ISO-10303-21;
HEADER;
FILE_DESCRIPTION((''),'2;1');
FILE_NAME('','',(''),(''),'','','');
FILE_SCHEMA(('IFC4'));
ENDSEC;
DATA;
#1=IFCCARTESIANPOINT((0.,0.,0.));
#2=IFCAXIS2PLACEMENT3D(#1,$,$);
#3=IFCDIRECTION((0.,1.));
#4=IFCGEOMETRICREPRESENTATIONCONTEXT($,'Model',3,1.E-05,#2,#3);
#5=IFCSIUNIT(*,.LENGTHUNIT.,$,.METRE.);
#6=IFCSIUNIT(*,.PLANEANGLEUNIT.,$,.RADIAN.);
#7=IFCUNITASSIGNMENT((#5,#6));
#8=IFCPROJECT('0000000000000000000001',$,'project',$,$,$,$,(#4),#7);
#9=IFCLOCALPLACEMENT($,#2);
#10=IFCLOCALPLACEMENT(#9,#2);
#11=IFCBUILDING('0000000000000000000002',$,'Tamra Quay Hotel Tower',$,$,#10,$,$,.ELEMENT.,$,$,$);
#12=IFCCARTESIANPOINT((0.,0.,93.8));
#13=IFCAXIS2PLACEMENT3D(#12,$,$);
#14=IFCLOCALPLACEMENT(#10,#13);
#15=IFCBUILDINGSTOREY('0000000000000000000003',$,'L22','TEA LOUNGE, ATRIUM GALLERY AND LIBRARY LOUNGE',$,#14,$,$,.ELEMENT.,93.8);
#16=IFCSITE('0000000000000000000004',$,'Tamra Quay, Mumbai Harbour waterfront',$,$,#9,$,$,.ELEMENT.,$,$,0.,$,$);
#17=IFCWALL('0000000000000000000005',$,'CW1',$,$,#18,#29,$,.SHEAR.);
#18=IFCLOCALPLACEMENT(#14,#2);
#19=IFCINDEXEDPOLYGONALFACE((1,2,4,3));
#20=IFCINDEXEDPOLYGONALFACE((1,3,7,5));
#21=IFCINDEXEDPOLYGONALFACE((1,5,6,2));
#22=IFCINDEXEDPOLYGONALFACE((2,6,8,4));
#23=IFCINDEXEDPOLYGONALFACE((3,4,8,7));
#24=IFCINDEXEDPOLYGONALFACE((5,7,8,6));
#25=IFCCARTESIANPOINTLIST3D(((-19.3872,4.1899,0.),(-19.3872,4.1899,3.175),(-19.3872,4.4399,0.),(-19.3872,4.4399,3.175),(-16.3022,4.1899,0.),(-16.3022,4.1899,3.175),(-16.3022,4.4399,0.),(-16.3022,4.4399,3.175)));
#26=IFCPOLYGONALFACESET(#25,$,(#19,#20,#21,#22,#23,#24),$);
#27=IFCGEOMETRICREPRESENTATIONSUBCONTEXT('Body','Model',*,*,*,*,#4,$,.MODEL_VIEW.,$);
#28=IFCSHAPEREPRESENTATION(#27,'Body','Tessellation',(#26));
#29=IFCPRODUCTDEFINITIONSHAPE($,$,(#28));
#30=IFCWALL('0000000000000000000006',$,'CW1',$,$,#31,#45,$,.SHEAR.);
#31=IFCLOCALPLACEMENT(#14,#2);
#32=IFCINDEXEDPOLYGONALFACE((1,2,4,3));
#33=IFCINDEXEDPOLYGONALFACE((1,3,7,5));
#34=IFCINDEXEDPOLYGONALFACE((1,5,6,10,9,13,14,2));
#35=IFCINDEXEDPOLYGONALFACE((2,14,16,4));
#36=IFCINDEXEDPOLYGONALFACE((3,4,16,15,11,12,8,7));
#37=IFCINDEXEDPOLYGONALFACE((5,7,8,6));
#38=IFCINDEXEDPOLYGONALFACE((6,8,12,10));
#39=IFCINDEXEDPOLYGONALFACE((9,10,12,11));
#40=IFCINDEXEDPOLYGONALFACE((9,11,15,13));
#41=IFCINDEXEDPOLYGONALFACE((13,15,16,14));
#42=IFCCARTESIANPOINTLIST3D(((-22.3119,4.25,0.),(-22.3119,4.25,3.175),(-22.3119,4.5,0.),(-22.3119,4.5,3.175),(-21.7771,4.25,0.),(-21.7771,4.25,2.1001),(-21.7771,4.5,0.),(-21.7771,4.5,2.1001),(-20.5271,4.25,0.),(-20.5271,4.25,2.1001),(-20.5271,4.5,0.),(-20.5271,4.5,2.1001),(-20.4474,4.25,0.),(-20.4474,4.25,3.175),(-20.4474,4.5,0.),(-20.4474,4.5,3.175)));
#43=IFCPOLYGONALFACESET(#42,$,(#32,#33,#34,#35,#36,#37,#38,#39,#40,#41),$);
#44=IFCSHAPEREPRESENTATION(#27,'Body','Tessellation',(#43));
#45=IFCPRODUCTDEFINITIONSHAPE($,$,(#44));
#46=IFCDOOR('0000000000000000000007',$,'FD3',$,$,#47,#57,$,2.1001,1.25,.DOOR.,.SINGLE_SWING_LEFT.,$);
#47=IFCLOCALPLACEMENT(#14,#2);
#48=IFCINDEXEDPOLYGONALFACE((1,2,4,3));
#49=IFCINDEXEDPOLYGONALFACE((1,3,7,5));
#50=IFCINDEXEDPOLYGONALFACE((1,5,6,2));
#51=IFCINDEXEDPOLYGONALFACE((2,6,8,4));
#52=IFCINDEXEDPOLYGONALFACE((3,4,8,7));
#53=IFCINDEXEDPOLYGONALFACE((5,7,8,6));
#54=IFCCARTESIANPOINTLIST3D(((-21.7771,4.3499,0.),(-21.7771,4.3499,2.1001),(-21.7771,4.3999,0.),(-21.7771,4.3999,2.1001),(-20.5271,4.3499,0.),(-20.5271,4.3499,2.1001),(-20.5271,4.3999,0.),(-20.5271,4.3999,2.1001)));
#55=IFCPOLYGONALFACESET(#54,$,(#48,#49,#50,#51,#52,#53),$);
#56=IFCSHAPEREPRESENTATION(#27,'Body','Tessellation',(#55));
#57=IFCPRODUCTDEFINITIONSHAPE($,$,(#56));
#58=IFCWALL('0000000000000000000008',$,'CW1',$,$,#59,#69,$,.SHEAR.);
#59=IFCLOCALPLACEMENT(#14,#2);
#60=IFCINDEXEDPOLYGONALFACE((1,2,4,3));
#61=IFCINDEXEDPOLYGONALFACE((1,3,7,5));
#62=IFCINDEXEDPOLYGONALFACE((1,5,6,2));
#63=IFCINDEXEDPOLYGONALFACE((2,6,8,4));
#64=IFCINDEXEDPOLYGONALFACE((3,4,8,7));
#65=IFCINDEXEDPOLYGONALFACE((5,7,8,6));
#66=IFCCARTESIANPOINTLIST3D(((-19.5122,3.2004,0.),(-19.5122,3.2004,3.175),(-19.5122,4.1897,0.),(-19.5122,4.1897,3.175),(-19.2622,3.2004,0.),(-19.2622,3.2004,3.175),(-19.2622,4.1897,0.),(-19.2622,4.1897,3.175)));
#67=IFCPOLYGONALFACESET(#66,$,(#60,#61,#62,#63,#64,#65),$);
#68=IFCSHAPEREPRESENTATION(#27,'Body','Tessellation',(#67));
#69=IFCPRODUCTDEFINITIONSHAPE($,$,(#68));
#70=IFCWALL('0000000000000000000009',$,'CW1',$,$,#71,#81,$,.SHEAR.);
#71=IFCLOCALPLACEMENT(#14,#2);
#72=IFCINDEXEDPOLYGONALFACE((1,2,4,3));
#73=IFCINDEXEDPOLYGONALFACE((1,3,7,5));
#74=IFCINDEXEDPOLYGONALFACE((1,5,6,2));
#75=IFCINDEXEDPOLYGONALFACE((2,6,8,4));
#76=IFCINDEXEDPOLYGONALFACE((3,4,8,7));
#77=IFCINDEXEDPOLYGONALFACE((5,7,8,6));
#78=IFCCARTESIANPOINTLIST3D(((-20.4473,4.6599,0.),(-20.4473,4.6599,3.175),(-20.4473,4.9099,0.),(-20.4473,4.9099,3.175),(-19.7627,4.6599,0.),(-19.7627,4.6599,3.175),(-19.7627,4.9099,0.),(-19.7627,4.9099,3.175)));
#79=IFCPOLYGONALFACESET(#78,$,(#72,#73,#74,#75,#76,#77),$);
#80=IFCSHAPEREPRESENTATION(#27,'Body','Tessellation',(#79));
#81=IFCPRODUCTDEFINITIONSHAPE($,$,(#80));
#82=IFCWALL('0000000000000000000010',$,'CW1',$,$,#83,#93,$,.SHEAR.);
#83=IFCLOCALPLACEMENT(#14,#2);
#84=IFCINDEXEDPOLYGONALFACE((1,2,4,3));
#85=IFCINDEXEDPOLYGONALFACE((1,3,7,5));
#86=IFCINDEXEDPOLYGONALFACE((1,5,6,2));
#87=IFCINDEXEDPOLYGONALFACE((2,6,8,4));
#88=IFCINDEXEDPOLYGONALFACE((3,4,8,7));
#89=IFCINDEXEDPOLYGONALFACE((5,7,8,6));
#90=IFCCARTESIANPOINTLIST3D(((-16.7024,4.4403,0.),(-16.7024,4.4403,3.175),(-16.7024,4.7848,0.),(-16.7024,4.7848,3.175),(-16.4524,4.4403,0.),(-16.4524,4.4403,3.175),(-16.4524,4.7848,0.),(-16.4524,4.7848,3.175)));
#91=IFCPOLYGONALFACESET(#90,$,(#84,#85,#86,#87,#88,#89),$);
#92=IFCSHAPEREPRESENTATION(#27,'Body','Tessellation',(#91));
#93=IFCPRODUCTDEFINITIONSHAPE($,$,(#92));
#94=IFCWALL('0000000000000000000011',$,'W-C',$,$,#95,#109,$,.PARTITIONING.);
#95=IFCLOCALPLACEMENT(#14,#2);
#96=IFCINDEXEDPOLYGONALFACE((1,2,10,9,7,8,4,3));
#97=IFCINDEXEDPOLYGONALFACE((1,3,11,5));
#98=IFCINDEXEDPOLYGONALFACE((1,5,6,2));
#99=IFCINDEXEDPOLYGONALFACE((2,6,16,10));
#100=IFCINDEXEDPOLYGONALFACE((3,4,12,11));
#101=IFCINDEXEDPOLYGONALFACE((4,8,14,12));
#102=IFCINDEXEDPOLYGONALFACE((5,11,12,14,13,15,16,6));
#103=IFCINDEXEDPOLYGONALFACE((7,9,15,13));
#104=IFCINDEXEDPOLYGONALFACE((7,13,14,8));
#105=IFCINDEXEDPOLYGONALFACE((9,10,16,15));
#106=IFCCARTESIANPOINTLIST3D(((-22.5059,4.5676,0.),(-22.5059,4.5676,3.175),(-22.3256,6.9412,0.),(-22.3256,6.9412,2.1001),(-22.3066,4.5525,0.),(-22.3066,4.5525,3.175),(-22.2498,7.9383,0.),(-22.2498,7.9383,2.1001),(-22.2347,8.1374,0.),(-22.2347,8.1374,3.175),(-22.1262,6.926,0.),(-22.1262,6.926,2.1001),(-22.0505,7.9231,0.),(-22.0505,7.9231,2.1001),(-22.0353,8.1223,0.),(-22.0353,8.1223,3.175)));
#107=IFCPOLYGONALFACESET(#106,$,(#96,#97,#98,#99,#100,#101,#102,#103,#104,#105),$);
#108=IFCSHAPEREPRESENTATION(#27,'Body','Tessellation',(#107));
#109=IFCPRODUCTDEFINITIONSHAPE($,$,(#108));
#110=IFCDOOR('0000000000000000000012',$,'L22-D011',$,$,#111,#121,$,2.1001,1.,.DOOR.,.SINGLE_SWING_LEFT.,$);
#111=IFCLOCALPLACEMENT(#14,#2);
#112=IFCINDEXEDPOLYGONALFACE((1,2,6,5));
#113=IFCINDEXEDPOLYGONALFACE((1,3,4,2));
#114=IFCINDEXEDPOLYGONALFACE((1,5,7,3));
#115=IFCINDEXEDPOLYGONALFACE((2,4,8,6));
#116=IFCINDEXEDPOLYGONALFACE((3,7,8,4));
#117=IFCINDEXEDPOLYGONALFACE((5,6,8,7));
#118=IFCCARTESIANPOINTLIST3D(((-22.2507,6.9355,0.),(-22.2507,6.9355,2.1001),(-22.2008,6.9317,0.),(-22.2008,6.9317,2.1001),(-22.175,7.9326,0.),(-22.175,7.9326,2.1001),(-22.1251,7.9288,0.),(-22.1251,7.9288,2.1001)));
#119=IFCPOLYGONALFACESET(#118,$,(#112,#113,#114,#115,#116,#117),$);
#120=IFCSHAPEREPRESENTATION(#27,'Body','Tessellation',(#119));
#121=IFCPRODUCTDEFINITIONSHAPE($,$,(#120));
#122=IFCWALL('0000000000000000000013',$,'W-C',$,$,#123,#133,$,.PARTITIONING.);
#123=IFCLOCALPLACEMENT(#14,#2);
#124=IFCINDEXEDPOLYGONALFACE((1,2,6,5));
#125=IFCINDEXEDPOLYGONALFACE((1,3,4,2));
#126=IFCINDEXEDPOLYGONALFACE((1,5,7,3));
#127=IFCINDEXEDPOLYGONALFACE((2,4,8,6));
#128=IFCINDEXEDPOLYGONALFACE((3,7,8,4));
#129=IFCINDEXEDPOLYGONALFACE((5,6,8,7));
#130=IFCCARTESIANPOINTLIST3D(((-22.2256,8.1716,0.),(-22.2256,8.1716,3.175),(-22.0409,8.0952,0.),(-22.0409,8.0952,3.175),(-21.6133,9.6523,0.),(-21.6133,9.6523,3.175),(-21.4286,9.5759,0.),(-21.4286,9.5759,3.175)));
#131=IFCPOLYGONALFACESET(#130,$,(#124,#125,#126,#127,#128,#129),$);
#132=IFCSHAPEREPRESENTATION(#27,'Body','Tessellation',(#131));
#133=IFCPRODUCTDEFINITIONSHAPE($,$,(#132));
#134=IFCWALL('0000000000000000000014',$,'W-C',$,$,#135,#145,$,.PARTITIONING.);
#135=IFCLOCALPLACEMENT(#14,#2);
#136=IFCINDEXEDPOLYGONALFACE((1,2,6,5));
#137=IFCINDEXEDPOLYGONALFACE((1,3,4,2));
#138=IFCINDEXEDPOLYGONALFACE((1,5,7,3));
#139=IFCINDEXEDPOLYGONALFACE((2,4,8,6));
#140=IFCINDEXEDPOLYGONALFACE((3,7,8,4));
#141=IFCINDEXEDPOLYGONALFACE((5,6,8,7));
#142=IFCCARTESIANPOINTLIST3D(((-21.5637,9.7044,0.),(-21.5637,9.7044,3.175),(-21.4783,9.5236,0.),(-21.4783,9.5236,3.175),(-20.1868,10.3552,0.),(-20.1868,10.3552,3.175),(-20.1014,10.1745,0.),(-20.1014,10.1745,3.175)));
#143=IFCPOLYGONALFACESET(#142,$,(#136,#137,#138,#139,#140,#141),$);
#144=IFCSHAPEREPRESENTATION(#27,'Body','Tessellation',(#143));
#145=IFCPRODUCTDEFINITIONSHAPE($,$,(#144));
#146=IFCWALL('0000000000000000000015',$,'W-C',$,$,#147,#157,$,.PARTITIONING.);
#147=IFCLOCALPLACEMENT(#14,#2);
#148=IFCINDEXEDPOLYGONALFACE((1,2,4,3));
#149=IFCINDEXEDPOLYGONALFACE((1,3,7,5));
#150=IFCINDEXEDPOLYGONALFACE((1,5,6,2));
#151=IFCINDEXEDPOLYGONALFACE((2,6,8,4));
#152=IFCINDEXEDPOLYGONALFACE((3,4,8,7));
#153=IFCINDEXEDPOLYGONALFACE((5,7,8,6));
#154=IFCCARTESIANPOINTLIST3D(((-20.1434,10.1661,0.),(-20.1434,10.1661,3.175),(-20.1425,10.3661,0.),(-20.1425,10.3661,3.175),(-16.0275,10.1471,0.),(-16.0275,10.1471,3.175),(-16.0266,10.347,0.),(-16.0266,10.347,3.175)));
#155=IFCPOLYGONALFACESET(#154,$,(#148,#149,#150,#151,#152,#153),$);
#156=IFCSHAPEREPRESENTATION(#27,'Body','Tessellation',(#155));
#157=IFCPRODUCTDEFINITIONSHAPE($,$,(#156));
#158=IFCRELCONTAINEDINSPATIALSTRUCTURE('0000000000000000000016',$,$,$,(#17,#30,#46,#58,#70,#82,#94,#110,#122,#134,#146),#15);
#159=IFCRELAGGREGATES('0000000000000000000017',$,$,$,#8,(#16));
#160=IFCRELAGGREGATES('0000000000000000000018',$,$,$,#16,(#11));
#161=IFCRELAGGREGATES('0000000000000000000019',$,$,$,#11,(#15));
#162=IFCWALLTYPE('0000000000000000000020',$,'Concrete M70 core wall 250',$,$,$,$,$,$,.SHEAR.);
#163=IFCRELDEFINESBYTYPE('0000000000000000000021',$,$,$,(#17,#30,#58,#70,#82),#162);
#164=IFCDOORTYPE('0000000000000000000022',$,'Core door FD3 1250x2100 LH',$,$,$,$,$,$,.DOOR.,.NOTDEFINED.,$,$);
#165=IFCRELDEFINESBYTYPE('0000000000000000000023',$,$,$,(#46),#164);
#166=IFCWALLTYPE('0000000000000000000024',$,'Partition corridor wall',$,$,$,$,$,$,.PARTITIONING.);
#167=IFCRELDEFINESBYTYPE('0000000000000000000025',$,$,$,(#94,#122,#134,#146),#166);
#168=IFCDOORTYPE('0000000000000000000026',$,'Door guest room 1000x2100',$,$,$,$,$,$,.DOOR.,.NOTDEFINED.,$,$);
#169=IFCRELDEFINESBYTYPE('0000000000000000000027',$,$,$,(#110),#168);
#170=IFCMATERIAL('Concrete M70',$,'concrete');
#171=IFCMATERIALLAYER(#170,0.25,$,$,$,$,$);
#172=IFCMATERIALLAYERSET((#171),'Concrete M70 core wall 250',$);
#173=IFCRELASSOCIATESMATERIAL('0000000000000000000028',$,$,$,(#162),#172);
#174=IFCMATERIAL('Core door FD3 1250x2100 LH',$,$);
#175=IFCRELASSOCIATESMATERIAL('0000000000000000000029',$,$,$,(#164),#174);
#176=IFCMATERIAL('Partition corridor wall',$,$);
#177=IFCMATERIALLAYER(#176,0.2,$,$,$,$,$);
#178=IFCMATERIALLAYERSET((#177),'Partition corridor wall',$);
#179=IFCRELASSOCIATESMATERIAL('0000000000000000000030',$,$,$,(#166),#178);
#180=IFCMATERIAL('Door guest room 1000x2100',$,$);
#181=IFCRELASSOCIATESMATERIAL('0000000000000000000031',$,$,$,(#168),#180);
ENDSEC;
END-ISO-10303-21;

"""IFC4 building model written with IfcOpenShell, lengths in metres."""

from ifc_helpers import new_model, si_unit, direction, frame, frame_2d, origin, place, context, subcontext, project, spatial, rectangle, extrude, material, layer, layer_set, type_object, element, fill, save


model = new_model("IFC4")

# Units and contexts
model_context = context("Model", 3, precision=1e-05, world=origin(), true_north=direction((0.0, 1.0)))
body_context = subcontext(model_context, "Body", "Model", "MODEL_VIEW")
ifc_project = project(units=[si_unit("LENGTHUNIT", "METRE"), si_unit("PLANEANGLEUNIT", "RADIAN")], contexts=[model_context])

# Site, building, storey
site_placement = place(None, origin())
site = spatial("IfcSite", under=ifc_project, at=site_placement, Name="Tamra Quay, Mumbai Harbour waterfront", CompositionType="ELEMENT", RefElevation=0.0)
building_placement = place(site_placement, origin())
building = spatial("IfcBuilding", under=site, at=building_placement, Name="Tamra Quay Hotel Tower", CompositionType="ELEMENT")
storey_placement = place(building_placement, frame((0.0, 0.0, 93.8)))
storey = spatial("IfcBuildingStorey", under=building, at=storey_placement, Name="L22", Description="TEA LOUNGE, ATRIUM GALLERY AND LIBRARY LOUNGE", CompositionType="ELEMENT", Elevation=93.8)

# Shared definitions
ifc_material_1 = material(Name="Concrete M70", Category="concrete")

# Wall
ifc_layer_1 = layer(ifc_material_1, 0.25)
ifc_layer_set_1 = layer_set([ifc_layer_1], Name="Concrete M70 core wall 250")
wall_type_1 = type_object("IfcWallType", Name="Concrete M70 core wall 250", PredefinedType="SHEAR", material=ifc_layer_set_1)
wall_1_placement = place(storey_placement, frame((-16.3022, 4.3149, 0.0), z_axis=(0.0, 0.0, 1.0), x_axis=(-1.0, 0.0, 0.0)))
element("IfcWall", 1, at=wall_1_placement, inside=storey, type_object=wall_type_1, Name="CW1", PredefinedType="SHEAR", context=body_context, shape_type="SweptSolid", body=[
    extrude(rectangle(XDim=3.085, YDim=0.25, at=frame_2d((1.5425, 0.0))), origin(), (0.0, 0.0, 1.0), 3.175),
])

# Wall, opening, door
wall_2_placement = place(storey_placement, frame((-22.3118, 4.375, 0.0), z_axis=(0.0, 0.0, 1.0), x_axis=(1.0, 0.0, 0.0)))
wall_2 = element("IfcWall", 2, at=wall_2_placement, inside=storey, type_object=wall_type_1, Name="CW1", PredefinedType="SHEAR", context=body_context, shape_type="SweptSolid", body=[
    extrude(rectangle(XDim=1.8645, YDim=0.25, at=frame_2d((0.9321, 0.0))), origin(), (0.0, 0.0, 1.0), 3.175),
])
opening_1_placement = place(wall_2_placement, frame((0.5347, 0.0, 0.0)))
opening_1 = element("IfcOpeningElement", 3, at=opening_1_placement, cuts=wall_2, PredefinedType="OPENING", context=body_context, shape_type="SweptSolid", body=[
    extrude(rectangle(XDim=1.25, YDim=2.1001, at=frame_2d((0.625, 1.05))), frame((0.0, 0.135, 0.0), z_axis=(0.0, -1.0, 0.0), x_axis=(1.0, 0.0, 0.0)), (0.0, 0.0, 1.0), 0.27),
])
ifc_material_2 = material(Name="Core door FD3 1250x2100 LH")
door_type_1 = type_object("IfcDoorType", Name="Core door FD3 1250x2100 LH", OperationType="NOTDEFINED", PredefinedType="DOOR", material=ifc_material_2)
door_1_placement = place(opening_1_placement, origin())
door_1 = element("IfcDoor", 4, at=door_1_placement, inside=storey, type_object=door_type_1, Name="FD3", OperationType="SINGLE_SWING_LEFT", OverallHeight=2.1001, OverallWidth=1.25, PredefinedType="DOOR", context=body_context, shape_type="SweptSolid", body=[
    extrude(rectangle(XDim=1.25, YDim=2.1001, at=frame_2d((0.625, 1.05))), frame((0.0, 0.0249, 0.0), z_axis=(0.0, -1.0, 0.0), x_axis=(1.0, 0.0, 0.0)), (0.0, 0.0, 1.0), 0.05),
])
fill(opening_1, door_1)

# Walls
wall_3_placement = place(storey_placement, frame((-19.3872, 4.1897, 0.0), z_axis=(0.0, 0.0, 1.0), x_axis=(0.0, -1.0, 0.0)))
element("IfcWall", 5, at=wall_3_placement, inside=storey, type_object=wall_type_1, Name="CW1", PredefinedType="SHEAR", context=body_context, shape_type="SweptSolid", body=[
    extrude(rectangle(XDim=0.9893, YDim=0.25, at=frame_2d((0.4946, 0.0))), origin(), (0.0, 0.0, 1.0), 3.175),
])
wall_4_placement = place(storey_placement, frame((-20.4473, 4.7849, 0.0), z_axis=(0.0, 0.0, 1.0), x_axis=(1.0, 0.0, 0.0)))
element("IfcWall", 6, at=wall_4_placement, inside=storey, type_object=wall_type_1, Name="CW1", PredefinedType="SHEAR", context=body_context, shape_type="SweptSolid", body=[
    extrude(rectangle(XDim=0.6846, YDim=0.25, at=frame_2d((0.3423, 0.0))), origin(), (0.0, 0.0, 1.0), 3.175),
])
wall_5_placement = place(storey_placement, frame((-16.5774, 4.7849, 0.0), z_axis=(0.0, 0.0, 1.0), x_axis=(0.0, -1.0, 0.0)))
element("IfcWall", 7, at=wall_5_placement, inside=storey, type_object=wall_type_1, Name="CW1", PredefinedType="SHEAR", context=body_context, shape_type="SweptSolid", body=[
    extrude(rectangle(XDim=0.3445, YDim=0.25, at=frame_2d((0.1724, 0.0))), origin(), (0.0, 0.0, 1.0), 3.175),
])

# Wall, opening, door
ifc_material_3 = material(Name="Partition corridor wall")
ifc_layer_2 = layer(ifc_material_3, 0.2)
ifc_layer_set_2 = layer_set([ifc_layer_2], Name="Partition corridor wall")
wall_type_2 = type_object("IfcWallType", Name="Partition corridor wall", PredefinedType="PARTITIONING", material=ifc_layer_set_2)
wall_6_placement = place(storey_placement, frame((-22.4062, 4.5601, 0.0), z_axis=(0.0, 0.0, 1.0), x_axis=(0.075763, 0.997126, 0.0)))
wall_6 = element("IfcWall", 8, at=wall_6_placement, inside=storey, type_object=wall_type_2, Name="W-C", PredefinedType="PARTITIONING", context=body_context, shape_type="SweptSolid", body=[
    extrude(rectangle(XDim=3.5801, YDim=0.2, at=frame_2d((1.79, 0.0))), origin(), (0.0, 0.0, 1.0), 3.175),
])
opening_2_placement = place(wall_6_placement, frame((2.3804, 0.0, 0.0)))
opening_2 = element("IfcOpeningElement", 9, at=opening_2_placement, cuts=wall_6, PredefinedType="OPENING", context=body_context, shape_type="SweptSolid", body=[
    extrude(rectangle(XDim=1.0, YDim=2.1001, at=frame_2d((0.5, 1.05))), frame((0.0, 0.1099, 0.0), z_axis=(0.0, -1.0, 0.0), x_axis=(1.0, 0.0, 0.0)), (0.0, 0.0, 1.0), 0.22),
])
ifc_material_4 = material(Name="Door guest room 1000x2100")
door_type_2 = type_object("IfcDoorType", Name="Door guest room 1000x2100", OperationType="NOTDEFINED", PredefinedType="DOOR", material=ifc_material_4)
door_2_placement = place(opening_2_placement, origin())
door_2 = element("IfcDoor", 10, at=door_2_placement, inside=storey, type_object=door_type_2, Name="L22-D011", OperationType="SINGLE_SWING_LEFT", OverallHeight=2.1001, OverallWidth=1.0, PredefinedType="DOOR", context=body_context, shape_type="SweptSolid", body=[
    extrude(rectangle(XDim=1.0, YDim=2.1001, at=frame_2d((0.5, 1.05))), frame((0.0, 0.0249, 0.0), z_axis=(0.0, -1.0, 0.0), x_axis=(1.0, 0.0, 0.0)), (0.0, 0.0, 1.0), 0.05),
])
fill(opening_2, door_2)

# Walls
wall_7_placement = place(storey_placement, frame((-22.1333, 8.1333, 0.0), z_axis=(0.0, 0.0, 1.0), x_axis=(0.382136, 0.924106, 0.0)))
element("IfcWall", 11, at=wall_7_placement, inside=storey, type_object=wall_type_2, Name="W-C", PredefinedType="PARTITIONING", context=body_context, shape_type="SweptSolid", body=[
    extrude(rectangle(XDim=1.6023, YDim=0.2, at=frame_2d((0.8013, 0.0))), origin(), (0.0, 0.0, 1.0), 3.175),
])
wall_8_placement = place(storey_placement, frame((-21.521, 9.614, 0.0), z_axis=(0.0, 0.0, 1.0), x_axis=(0.904084, 0.427356, 0.0)))
element("IfcWall", 12, at=wall_8_placement, inside=storey, type_object=wall_type_2, Name="W-C", PredefinedType="PARTITIONING", context=body_context, shape_type="SweptSolid", body=[
    extrude(rectangle(XDim=1.5229, YDim=0.2, at=frame_2d((0.7615, 0.0))), origin(), (0.0, 0.0, 1.0), 3.175),
])
wall_9_placement = place(storey_placement, frame((-20.1431, 10.2661, 0.0), z_axis=(0.0, 0.0, 1.0), x_axis=(0.999989, -0.004627, 0.0)))
element("IfcWall", 13, at=wall_9_placement, inside=storey, type_object=wall_type_2, Name="W-C", PredefinedType="PARTITIONING", context=body_context, shape_type="SweptSolid", body=[
    extrude(rectangle(XDim=4.116, YDim=0.2, at=frame_2d((2.0581, 0.0))), origin(), (0.0, 0.0, 1.0), 3.175),
])

save(model, "model.ifc")
